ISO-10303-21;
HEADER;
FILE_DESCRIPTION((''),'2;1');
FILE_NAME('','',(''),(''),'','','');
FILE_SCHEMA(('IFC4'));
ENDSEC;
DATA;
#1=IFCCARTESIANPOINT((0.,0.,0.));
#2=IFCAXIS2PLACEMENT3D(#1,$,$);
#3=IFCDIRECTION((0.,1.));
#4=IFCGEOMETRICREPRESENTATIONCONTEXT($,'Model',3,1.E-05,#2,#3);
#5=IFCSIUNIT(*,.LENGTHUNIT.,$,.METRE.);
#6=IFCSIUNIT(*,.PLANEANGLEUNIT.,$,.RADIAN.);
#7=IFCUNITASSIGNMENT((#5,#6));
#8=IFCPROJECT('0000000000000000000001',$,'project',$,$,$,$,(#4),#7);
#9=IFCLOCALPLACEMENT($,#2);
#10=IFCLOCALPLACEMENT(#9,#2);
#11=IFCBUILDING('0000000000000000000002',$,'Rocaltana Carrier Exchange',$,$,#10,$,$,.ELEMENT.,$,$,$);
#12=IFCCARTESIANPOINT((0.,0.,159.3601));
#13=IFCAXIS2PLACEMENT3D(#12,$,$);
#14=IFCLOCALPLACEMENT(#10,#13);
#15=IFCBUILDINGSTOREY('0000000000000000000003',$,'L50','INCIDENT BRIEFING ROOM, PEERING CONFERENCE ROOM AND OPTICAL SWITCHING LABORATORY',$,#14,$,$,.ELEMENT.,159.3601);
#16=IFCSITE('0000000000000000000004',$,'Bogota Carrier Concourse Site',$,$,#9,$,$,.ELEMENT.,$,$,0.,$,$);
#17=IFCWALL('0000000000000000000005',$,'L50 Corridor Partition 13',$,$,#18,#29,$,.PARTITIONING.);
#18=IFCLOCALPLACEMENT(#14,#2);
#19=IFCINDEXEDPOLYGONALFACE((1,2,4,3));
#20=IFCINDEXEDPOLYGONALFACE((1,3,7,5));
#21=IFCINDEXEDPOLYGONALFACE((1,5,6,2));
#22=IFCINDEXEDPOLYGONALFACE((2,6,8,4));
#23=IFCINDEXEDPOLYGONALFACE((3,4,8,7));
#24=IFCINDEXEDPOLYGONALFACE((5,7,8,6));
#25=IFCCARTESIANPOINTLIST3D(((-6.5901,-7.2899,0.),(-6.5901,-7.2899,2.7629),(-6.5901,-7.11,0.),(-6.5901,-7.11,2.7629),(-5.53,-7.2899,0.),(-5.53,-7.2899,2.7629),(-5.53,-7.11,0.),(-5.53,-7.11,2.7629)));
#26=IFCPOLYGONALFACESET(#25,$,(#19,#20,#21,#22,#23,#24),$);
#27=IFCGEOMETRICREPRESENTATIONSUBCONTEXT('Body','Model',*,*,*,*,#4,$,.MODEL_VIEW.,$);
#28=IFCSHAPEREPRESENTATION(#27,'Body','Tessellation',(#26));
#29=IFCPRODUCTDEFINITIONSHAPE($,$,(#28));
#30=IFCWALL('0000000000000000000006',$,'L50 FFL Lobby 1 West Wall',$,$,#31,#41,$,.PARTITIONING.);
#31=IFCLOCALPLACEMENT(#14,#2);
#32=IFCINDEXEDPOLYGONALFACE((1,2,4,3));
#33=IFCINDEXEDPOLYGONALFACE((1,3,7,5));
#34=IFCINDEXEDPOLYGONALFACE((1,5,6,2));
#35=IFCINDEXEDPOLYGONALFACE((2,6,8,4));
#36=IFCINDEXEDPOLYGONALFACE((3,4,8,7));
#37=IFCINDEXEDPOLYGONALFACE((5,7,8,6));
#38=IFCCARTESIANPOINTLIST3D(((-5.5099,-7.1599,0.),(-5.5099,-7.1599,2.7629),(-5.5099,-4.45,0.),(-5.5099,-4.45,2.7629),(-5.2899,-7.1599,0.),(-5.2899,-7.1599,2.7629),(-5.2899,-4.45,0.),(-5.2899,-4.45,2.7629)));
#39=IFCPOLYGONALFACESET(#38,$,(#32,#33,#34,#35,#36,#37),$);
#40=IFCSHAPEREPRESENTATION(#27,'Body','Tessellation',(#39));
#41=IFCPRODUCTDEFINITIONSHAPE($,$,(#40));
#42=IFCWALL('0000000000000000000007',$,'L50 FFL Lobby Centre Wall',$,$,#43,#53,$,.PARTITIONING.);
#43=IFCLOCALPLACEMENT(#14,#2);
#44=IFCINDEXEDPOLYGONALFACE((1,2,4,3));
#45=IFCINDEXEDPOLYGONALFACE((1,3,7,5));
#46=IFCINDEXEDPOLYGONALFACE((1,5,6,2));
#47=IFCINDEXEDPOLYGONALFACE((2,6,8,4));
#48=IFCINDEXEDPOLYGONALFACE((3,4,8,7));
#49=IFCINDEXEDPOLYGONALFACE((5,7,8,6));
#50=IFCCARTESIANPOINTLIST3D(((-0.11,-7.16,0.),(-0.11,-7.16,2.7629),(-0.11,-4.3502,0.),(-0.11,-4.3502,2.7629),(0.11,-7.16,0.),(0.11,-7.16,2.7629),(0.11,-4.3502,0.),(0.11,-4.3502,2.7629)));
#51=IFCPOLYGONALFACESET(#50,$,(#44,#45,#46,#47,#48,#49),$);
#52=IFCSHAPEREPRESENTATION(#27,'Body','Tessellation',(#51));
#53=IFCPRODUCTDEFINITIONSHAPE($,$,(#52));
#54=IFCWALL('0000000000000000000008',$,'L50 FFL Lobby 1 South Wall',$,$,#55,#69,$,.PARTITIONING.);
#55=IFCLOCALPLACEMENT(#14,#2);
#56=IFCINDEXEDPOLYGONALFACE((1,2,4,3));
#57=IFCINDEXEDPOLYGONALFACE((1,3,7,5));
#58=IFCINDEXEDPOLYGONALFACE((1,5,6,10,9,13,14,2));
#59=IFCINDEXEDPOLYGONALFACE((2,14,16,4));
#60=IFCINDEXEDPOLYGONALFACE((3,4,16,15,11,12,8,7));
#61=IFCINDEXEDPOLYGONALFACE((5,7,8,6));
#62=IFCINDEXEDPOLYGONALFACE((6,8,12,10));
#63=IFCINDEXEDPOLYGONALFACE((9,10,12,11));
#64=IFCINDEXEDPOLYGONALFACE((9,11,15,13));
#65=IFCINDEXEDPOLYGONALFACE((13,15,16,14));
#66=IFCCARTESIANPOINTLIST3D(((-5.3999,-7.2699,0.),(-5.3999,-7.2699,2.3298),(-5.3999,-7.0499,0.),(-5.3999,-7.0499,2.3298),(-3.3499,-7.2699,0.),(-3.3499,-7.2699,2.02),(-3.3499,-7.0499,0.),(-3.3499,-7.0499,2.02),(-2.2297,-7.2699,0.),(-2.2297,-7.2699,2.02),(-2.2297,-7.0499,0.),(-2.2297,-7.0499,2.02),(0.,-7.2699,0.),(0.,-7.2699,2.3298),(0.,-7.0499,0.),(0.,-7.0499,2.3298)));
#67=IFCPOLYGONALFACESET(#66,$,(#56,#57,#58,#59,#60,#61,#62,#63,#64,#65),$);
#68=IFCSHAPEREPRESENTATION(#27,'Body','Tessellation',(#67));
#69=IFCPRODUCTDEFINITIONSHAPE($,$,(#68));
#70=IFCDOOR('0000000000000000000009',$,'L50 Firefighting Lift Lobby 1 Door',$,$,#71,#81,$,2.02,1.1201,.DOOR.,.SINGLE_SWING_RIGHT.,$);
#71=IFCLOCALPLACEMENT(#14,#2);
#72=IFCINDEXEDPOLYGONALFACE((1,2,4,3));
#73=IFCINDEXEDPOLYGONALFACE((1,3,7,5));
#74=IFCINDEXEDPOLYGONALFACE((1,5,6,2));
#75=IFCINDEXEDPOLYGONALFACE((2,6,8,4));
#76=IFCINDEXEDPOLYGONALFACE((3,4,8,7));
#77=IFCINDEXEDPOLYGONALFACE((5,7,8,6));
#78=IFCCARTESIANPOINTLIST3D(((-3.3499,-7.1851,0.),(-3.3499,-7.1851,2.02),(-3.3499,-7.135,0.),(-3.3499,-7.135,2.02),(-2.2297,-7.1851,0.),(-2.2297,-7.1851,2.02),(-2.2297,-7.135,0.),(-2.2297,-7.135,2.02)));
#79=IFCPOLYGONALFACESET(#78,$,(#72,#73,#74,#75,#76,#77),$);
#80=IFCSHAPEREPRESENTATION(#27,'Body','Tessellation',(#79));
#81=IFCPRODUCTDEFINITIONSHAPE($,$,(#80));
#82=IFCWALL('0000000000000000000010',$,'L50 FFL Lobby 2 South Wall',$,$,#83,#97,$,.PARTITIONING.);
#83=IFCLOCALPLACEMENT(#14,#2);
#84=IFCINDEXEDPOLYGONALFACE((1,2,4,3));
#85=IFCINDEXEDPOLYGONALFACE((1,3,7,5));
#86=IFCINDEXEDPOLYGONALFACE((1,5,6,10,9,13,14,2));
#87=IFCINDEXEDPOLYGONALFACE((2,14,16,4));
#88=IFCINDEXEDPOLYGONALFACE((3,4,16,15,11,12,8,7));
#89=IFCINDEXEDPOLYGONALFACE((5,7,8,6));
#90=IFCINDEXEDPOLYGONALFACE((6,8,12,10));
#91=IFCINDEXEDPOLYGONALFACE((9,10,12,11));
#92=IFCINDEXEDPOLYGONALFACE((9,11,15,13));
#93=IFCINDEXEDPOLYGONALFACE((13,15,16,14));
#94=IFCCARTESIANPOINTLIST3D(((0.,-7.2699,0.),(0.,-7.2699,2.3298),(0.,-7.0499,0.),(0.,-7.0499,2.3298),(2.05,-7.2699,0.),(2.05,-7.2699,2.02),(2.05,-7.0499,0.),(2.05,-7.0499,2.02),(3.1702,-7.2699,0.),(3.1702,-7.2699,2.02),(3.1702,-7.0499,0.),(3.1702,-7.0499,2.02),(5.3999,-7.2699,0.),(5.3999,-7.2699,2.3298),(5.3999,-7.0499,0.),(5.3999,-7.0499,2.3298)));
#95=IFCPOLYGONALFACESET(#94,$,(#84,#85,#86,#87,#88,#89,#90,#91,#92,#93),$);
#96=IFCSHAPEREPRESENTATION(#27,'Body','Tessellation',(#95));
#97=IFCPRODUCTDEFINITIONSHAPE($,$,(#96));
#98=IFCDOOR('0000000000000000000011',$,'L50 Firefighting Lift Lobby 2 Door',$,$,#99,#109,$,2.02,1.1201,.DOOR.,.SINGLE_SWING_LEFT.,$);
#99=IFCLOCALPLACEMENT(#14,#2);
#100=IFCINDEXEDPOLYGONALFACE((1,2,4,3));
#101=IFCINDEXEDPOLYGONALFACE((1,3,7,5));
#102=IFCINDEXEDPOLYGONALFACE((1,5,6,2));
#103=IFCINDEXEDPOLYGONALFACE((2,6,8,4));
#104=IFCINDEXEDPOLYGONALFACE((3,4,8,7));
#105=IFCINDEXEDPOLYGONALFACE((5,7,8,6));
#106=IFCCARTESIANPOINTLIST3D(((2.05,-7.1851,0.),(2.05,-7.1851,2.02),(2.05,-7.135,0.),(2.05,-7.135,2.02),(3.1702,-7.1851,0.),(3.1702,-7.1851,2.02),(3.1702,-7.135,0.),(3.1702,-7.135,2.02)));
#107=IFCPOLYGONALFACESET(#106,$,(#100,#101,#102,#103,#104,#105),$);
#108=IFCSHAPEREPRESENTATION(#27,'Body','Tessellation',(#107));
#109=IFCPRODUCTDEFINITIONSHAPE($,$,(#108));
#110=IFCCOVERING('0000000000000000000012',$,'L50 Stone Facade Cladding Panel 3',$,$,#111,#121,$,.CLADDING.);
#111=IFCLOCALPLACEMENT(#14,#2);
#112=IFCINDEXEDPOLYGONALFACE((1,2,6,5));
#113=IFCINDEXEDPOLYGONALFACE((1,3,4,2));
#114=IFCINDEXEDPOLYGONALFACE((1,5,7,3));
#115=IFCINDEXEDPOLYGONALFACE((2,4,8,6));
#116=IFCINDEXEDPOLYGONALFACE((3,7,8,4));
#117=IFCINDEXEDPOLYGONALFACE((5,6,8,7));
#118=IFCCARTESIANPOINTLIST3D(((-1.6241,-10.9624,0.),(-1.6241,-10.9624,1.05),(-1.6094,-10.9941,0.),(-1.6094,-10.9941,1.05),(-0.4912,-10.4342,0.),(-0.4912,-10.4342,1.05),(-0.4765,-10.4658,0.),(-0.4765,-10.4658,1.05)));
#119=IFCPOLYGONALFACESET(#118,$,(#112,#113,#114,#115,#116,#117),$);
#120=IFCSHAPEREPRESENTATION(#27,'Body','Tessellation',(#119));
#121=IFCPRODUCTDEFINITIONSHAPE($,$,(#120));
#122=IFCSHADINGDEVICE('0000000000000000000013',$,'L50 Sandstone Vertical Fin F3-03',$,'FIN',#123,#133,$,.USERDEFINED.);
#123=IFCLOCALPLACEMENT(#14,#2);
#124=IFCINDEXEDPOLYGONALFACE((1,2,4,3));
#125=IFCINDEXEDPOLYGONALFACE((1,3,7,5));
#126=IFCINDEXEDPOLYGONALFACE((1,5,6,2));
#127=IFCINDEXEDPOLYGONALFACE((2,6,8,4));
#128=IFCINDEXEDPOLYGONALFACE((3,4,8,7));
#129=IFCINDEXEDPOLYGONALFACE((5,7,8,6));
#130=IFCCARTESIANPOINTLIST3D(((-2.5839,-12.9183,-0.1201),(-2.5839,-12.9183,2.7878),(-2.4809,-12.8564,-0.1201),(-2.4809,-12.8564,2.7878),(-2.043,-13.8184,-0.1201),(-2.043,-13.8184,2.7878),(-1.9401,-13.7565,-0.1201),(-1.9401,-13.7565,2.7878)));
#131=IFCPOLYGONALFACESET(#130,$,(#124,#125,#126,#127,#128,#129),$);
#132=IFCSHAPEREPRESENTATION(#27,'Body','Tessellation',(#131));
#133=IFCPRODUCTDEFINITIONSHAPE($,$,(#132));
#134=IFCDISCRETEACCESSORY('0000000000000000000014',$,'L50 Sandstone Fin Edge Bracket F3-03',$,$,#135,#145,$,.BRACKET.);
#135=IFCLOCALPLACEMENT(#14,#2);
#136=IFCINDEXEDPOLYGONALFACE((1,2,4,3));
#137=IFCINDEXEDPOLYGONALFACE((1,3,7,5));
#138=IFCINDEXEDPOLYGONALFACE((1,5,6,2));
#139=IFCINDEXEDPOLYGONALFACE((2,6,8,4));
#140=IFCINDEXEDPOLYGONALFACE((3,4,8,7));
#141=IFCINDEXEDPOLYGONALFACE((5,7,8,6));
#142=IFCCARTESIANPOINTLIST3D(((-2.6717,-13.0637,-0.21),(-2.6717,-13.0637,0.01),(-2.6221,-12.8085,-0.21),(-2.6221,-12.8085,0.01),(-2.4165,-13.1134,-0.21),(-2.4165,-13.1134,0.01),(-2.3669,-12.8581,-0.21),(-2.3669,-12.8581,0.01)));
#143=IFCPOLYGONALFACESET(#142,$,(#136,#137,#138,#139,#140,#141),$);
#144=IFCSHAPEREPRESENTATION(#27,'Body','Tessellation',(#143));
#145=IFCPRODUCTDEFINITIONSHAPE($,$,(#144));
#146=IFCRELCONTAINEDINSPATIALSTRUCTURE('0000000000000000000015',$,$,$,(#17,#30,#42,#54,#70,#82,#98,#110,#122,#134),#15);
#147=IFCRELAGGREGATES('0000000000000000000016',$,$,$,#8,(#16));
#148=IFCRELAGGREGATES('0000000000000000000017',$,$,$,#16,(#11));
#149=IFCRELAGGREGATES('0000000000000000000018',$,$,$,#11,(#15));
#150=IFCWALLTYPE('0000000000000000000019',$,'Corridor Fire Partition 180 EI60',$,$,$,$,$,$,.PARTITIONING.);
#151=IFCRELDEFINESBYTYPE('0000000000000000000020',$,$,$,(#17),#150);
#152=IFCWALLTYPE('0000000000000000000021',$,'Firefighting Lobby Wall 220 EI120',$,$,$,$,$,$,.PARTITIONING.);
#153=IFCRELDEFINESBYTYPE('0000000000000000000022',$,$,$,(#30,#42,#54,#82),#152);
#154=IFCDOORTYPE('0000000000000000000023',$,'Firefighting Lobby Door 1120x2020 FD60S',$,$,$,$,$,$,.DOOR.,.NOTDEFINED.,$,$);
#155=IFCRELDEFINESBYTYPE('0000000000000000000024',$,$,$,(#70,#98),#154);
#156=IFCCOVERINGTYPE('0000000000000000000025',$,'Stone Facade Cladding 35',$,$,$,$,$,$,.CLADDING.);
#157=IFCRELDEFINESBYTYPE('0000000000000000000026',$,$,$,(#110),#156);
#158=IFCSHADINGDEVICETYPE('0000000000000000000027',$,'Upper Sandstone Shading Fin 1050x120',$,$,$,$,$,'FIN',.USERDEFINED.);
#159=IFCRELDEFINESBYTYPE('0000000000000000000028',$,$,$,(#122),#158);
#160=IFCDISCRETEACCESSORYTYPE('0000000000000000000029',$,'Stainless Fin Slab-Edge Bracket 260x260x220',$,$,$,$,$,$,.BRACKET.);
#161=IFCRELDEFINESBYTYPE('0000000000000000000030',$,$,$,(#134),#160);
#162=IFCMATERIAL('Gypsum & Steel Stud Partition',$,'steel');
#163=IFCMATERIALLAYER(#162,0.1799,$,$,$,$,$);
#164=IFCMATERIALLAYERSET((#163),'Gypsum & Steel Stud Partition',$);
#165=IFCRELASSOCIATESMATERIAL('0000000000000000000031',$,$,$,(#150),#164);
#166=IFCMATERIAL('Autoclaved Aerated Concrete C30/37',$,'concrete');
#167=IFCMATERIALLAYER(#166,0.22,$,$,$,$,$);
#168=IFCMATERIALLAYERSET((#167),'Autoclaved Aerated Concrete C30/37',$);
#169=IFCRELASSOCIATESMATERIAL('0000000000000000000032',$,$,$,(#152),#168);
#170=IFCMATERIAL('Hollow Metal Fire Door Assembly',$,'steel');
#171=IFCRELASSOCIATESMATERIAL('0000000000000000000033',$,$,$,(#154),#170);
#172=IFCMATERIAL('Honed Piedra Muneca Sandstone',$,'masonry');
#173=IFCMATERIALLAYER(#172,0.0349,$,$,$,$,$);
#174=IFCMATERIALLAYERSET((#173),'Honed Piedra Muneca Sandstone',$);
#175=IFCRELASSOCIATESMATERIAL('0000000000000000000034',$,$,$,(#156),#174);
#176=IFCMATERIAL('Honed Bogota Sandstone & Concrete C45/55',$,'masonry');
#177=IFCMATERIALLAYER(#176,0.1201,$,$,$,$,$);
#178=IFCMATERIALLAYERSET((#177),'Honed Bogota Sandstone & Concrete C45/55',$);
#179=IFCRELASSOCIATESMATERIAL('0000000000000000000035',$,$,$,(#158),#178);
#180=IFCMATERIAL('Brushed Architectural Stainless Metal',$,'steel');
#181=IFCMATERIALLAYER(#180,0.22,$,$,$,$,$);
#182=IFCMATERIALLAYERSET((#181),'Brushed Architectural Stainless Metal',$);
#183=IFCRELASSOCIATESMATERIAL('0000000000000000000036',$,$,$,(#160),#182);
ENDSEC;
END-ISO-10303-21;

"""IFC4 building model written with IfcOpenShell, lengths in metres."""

from ifc_helpers import new_model, si_unit, direction, frame, frame_2d, origin, origin_2d, place, context, subcontext, project, spatial, rectangle, extrude, material, layer, layer_set, type_object, element, fill, save


model = new_model("IFC4")

# Units and contexts
model_context = context("Model", 3, precision=1e-05, world=origin(), true_north=direction((0.0, 1.0)))
body_context = subcontext(model_context, "Body", "Model", "MODEL_VIEW")
ifc_project = project(units=[si_unit("LENGTHUNIT", "METRE"), si_unit("PLANEANGLEUNIT", "RADIAN")], contexts=[model_context])

# Site, building, storey
site_placement = place(None, origin())
site = spatial("IfcSite", under=ifc_project, at=site_placement, Name="Bogota Carrier Concourse Site", CompositionType="ELEMENT", RefElevation=0.0)
building_placement = place(site_placement, origin())
building = spatial("IfcBuilding", under=site, at=building_placement, Name="Rocaltana Carrier Exchange", CompositionType="ELEMENT")
storey_placement = place(building_placement, frame((0.0, 0.0, 159.3601)))
storey = spatial("IfcBuildingStorey", under=building, at=storey_placement, Name="L50", Description="INCIDENT BRIEFING ROOM, PEERING CONFERENCE ROOM AND OPTICAL SWITCHING LABORATORY", CompositionType="ELEMENT", Elevation=159.3601)

# Walls
ifc_material_1 = material(Name="Gypsum & Steel Stud Partition", Category="steel")
ifc_layer_1 = layer(ifc_material_1, 0.1799)
ifc_layer_set_1 = layer_set([ifc_layer_1], Name="Gypsum & Steel Stud Partition")
wall_type_1 = type_object("IfcWallType", Name="Corridor Fire Partition 180 EI60", PredefinedType="PARTITIONING", material=ifc_layer_set_1)
wall_1_placement = place(storey_placement, frame((-6.5901, -7.2, 0.0), z_axis=(0.0, 0.0, 1.0), x_axis=(1.0, 0.0, 0.0)))
element("IfcWall", 1, at=wall_1_placement, inside=storey, type_object=wall_type_1, Name="L50 Corridor Partition 13", PredefinedType="PARTITIONING", context=body_context, shape_type="SweptSolid", body=[
    extrude(rectangle(XDim=1.0601, YDim=0.1799, at=frame_2d((0.53, 0.0))), origin(), (0.0, 0.0, 1.0), 2.7629),
])
ifc_material_2 = material(Name="Autoclaved Aerated Concrete C30/37", Category="concrete")
ifc_layer_2 = layer(ifc_material_2, 0.22)
ifc_layer_set_2 = layer_set([ifc_layer_2], Name="Autoclaved Aerated Concrete C30/37")
wall_type_2 = type_object("IfcWallType", Name="Firefighting Lobby Wall 220 EI120", PredefinedType="PARTITIONING", material=ifc_layer_set_2)
wall_2_placement = place(storey_placement, frame((-5.3999, -7.1599, 0.0), z_axis=(0.0, 0.0, 1.0), x_axis=(0.0, 1.0, 0.0)))
element("IfcWall", 2, at=wall_2_placement, inside=storey, type_object=wall_type_2, Name="L50 FFL Lobby 1 West Wall", PredefinedType="PARTITIONING", context=body_context, shape_type="SweptSolid", body=[
    extrude(rectangle(XDim=2.71, YDim=0.22, at=frame_2d((1.355, 0.0))), origin(), (0.0, 0.0, 1.0), 2.7629),
])
wall_3_placement = place(storey_placement, frame((0.0, -7.1599, 0.0), z_axis=(0.0, 0.0, 1.0), x_axis=(0.0, 1.0, 0.0)))
element("IfcWall", 3, at=wall_3_placement, inside=storey, type_object=wall_type_2, Name="L50 FFL Lobby Centre Wall", PredefinedType="PARTITIONING", context=body_context, shape_type="SweptSolid", body=[
    extrude(rectangle(XDim=2.8098, YDim=0.22, at=frame_2d((1.4048, 0.0))), origin(), (0.0, 0.0, 1.0), 2.7629),
])

# Walls, openings, doors
wall_4_placement = place(storey_placement, frame((-5.3999, -7.1599, 0.0), z_axis=(0.0, 0.0, 1.0), x_axis=(1.0, 0.0, 0.0)))
wall_4 = element("IfcWall", 4, at=wall_4_placement, inside=storey, type_object=wall_type_2, Name="L50 FFL Lobby 1 South Wall", PredefinedType="PARTITIONING", context=body_context, shape_type="SweptSolid", body=[
    extrude(rectangle(XDim=5.3999, YDim=0.22, at=frame_2d((2.7, 0.0))), origin(), (0.0, 0.0, 1.0), 2.3298),
])
opening_1_placement = place(wall_4_placement, frame((2.05, 0.0, 0.0)))
opening_1 = element("IfcOpeningElement", 5, at=opening_1_placement, cuts=wall_4, PredefinedType="OPENING", context=body_context, shape_type="SweptSolid", body=[
    extrude(rectangle(XDim=1.1201, YDim=2.02, at=frame_2d((0.5601, 1.01))), frame((0.0, 0.1199, 0.0), z_axis=(0.0, -1.0, 0.0), x_axis=(1.0, 0.0, 0.0)), (0.0, 0.0, 1.0), 0.24),
])
ifc_material_3 = material(Name="Hollow Metal Fire Door Assembly", Category="steel")
door_type = type_object("IfcDoorType", Name="Firefighting Lobby Door 1120x2020 FD60S", OperationType="NOTDEFINED", PredefinedType="DOOR", material=ifc_material_3)
door_1_placement = place(opening_1_placement, origin())
door_1 = element("IfcDoor", 6, at=door_1_placement, inside=storey, type_object=door_type, Name="L50 Firefighting Lift Lobby 1 Door", OperationType="SINGLE_SWING_RIGHT", OverallHeight=2.02, OverallWidth=1.1201, PredefinedType="DOOR", context=body_context, shape_type="SweptSolid", body=[
    extrude(rectangle(XDim=1.1201, YDim=2.02, at=frame_2d((0.5601, 1.01))), frame((0.0, 0.0249, 0.0), z_axis=(0.0, -1.0, 0.0), x_axis=(1.0, 0.0, 0.0)), (0.0, 0.0, 1.0), 0.05),
])
fill(opening_1, door_1)
wall_5_placement = place(storey_placement, frame((0.0, -7.1599, 0.0), z_axis=(0.0, 0.0, 1.0), x_axis=(1.0, 0.0, 0.0)))
wall_5 = element("IfcWall", 7, at=wall_5_placement, inside=storey, type_object=wall_type_2, Name="L50 FFL Lobby 2 South Wall", PredefinedType="PARTITIONING", context=body_context, shape_type="SweptSolid", body=[
    extrude(rectangle(XDim=5.3999, YDim=0.22, at=frame_2d((2.7, 0.0))), origin(), (0.0, 0.0, 1.0), 2.3298),
])
opening_2_placement = place(wall_5_placement, frame((2.05, 0.0, 0.0)))
opening_2 = element("IfcOpeningElement", 8, at=opening_2_placement, cuts=wall_5, PredefinedType="OPENING", context=body_context, shape_type="SweptSolid", body=[
    extrude(rectangle(XDim=1.1201, YDim=2.02, at=frame_2d((0.5601, 1.01))), frame((0.0, 0.1199, 0.0), z_axis=(0.0, -1.0, 0.0), x_axis=(1.0, 0.0, 0.0)), (0.0, 0.0, 1.0), 0.24),
])
door_2_placement = place(opening_2_placement, origin())
door_2 = element("IfcDoor", 9, at=door_2_placement, inside=storey, type_object=door_type, Name="L50 Firefighting Lift Lobby 2 Door", OperationType="SINGLE_SWING_LEFT", OverallHeight=2.02, OverallWidth=1.1201, PredefinedType="DOOR", context=body_context, shape_type="SweptSolid", body=[
    extrude(rectangle(XDim=1.1201, YDim=2.02, at=frame_2d((0.5601, 1.01))), frame((0.0, 0.0249, 0.0), z_axis=(0.0, -1.0, 0.0), x_axis=(1.0, 0.0, 0.0)), (0.0, 0.0, 1.0), 0.05),
])
fill(opening_2, door_2)

# Covering
ifc_material_4 = material(Name="Honed Piedra Muneca Sandstone", Category="masonry")
ifc_layer_3 = layer(ifc_material_4, 0.0349)
ifc_layer_set_3 = layer_set([ifc_layer_3], Name="Honed Piedra Muneca Sandstone")
covering_type = type_object("IfcCoveringType", Name="Stone Facade Cladding 35", PredefinedType="CLADDING", material=ifc_layer_set_3)
covering_placement = place(storey_placement, frame((-1.0503, -10.7141, 0.0), z_axis=(0.0, 0.0, 1.0), x_axis=(0.906308, 0.422618, 0.0)))
element("IfcCovering", 10, at=covering_placement, inside=storey, type_object=covering_type, Name="L50 Stone Facade Cladding Panel 3", PredefinedType="CLADDING", context=body_context, shape_type="SweptSolid", body=[
    extrude(rectangle(XDim=1.25, YDim=0.0349, at=origin_2d()), origin(), (0.0, 0.0, 1.0), 1.05),
])

# Shading device
ifc_material_5 = material(Name="Honed Bogota Sandstone & Concrete C45/55", Category="masonry")
ifc_layer_4 = layer(ifc_material_5, 0.1201)
ifc_layer_set_4 = layer_set([ifc_layer_4], Name="Honed Bogota Sandstone & Concrete C45/55")
shading_device_type = type_object("IfcShadingDeviceType", Name="Upper Sandstone Shading Fin 1050x120", ElementType="FIN", PredefinedType="USERDEFINED", material=ifc_layer_set_4)
shading_device_placement = place(storey_placement, frame((-2.262, -13.3374, -0.1201), z_axis=(0.0, 0.0, 1.0), x_axis=(0.515038, -0.857167, 0.0)))
element("IfcShadingDevice", 11, at=shading_device_placement, inside=storey, type_object=shading_device_type, Name="L50 Sandstone Vertical Fin F3-03", ObjectType="FIN", PredefinedType="USERDEFINED", context=body_context, shape_type="SweptSolid", body=[
    extrude(rectangle(XDim=1.05, YDim=0.1201, at=origin_2d()), origin(), (0.0, 0.0, 1.0), 2.908),
])

# Discrete accessory
ifc_material_6 = material(Name="Brushed Architectural Stainless Metal", Category="steel")
ifc_layer_5 = layer(ifc_material_6, 0.22)
ifc_layer_set_5 = layer_set([ifc_layer_5], Name="Brushed Architectural Stainless Metal")
discrete_accessory_type = type_object("IfcDiscreteAccessoryType", Name="Stainless Fin Slab-Edge Bracket 260x260x220", PredefinedType="BRACKET", material=ifc_layer_set_5)
discrete_accessory_placement = place(storey_placement, frame((-2.5193, -12.9609, -0.21), z_axis=(0.0, 0.0, 1.0), x_axis=(0.981627, -0.190809, 0.0)))
element("IfcDiscreteAccessory", 12, at=discrete_accessory_placement, inside=storey, type_object=discrete_accessory_type, Name="L50 Sandstone Fin Edge Bracket F3-03", PredefinedType="BRACKET", context=body_context, shape_type="SweptSolid", body=[
    extrude(rectangle(XDim=0.26, YDim=0.26, at=origin_2d()), origin(), (0.0, 0.0, 1.0), 0.22),
])

save(model, "model.ifc")
